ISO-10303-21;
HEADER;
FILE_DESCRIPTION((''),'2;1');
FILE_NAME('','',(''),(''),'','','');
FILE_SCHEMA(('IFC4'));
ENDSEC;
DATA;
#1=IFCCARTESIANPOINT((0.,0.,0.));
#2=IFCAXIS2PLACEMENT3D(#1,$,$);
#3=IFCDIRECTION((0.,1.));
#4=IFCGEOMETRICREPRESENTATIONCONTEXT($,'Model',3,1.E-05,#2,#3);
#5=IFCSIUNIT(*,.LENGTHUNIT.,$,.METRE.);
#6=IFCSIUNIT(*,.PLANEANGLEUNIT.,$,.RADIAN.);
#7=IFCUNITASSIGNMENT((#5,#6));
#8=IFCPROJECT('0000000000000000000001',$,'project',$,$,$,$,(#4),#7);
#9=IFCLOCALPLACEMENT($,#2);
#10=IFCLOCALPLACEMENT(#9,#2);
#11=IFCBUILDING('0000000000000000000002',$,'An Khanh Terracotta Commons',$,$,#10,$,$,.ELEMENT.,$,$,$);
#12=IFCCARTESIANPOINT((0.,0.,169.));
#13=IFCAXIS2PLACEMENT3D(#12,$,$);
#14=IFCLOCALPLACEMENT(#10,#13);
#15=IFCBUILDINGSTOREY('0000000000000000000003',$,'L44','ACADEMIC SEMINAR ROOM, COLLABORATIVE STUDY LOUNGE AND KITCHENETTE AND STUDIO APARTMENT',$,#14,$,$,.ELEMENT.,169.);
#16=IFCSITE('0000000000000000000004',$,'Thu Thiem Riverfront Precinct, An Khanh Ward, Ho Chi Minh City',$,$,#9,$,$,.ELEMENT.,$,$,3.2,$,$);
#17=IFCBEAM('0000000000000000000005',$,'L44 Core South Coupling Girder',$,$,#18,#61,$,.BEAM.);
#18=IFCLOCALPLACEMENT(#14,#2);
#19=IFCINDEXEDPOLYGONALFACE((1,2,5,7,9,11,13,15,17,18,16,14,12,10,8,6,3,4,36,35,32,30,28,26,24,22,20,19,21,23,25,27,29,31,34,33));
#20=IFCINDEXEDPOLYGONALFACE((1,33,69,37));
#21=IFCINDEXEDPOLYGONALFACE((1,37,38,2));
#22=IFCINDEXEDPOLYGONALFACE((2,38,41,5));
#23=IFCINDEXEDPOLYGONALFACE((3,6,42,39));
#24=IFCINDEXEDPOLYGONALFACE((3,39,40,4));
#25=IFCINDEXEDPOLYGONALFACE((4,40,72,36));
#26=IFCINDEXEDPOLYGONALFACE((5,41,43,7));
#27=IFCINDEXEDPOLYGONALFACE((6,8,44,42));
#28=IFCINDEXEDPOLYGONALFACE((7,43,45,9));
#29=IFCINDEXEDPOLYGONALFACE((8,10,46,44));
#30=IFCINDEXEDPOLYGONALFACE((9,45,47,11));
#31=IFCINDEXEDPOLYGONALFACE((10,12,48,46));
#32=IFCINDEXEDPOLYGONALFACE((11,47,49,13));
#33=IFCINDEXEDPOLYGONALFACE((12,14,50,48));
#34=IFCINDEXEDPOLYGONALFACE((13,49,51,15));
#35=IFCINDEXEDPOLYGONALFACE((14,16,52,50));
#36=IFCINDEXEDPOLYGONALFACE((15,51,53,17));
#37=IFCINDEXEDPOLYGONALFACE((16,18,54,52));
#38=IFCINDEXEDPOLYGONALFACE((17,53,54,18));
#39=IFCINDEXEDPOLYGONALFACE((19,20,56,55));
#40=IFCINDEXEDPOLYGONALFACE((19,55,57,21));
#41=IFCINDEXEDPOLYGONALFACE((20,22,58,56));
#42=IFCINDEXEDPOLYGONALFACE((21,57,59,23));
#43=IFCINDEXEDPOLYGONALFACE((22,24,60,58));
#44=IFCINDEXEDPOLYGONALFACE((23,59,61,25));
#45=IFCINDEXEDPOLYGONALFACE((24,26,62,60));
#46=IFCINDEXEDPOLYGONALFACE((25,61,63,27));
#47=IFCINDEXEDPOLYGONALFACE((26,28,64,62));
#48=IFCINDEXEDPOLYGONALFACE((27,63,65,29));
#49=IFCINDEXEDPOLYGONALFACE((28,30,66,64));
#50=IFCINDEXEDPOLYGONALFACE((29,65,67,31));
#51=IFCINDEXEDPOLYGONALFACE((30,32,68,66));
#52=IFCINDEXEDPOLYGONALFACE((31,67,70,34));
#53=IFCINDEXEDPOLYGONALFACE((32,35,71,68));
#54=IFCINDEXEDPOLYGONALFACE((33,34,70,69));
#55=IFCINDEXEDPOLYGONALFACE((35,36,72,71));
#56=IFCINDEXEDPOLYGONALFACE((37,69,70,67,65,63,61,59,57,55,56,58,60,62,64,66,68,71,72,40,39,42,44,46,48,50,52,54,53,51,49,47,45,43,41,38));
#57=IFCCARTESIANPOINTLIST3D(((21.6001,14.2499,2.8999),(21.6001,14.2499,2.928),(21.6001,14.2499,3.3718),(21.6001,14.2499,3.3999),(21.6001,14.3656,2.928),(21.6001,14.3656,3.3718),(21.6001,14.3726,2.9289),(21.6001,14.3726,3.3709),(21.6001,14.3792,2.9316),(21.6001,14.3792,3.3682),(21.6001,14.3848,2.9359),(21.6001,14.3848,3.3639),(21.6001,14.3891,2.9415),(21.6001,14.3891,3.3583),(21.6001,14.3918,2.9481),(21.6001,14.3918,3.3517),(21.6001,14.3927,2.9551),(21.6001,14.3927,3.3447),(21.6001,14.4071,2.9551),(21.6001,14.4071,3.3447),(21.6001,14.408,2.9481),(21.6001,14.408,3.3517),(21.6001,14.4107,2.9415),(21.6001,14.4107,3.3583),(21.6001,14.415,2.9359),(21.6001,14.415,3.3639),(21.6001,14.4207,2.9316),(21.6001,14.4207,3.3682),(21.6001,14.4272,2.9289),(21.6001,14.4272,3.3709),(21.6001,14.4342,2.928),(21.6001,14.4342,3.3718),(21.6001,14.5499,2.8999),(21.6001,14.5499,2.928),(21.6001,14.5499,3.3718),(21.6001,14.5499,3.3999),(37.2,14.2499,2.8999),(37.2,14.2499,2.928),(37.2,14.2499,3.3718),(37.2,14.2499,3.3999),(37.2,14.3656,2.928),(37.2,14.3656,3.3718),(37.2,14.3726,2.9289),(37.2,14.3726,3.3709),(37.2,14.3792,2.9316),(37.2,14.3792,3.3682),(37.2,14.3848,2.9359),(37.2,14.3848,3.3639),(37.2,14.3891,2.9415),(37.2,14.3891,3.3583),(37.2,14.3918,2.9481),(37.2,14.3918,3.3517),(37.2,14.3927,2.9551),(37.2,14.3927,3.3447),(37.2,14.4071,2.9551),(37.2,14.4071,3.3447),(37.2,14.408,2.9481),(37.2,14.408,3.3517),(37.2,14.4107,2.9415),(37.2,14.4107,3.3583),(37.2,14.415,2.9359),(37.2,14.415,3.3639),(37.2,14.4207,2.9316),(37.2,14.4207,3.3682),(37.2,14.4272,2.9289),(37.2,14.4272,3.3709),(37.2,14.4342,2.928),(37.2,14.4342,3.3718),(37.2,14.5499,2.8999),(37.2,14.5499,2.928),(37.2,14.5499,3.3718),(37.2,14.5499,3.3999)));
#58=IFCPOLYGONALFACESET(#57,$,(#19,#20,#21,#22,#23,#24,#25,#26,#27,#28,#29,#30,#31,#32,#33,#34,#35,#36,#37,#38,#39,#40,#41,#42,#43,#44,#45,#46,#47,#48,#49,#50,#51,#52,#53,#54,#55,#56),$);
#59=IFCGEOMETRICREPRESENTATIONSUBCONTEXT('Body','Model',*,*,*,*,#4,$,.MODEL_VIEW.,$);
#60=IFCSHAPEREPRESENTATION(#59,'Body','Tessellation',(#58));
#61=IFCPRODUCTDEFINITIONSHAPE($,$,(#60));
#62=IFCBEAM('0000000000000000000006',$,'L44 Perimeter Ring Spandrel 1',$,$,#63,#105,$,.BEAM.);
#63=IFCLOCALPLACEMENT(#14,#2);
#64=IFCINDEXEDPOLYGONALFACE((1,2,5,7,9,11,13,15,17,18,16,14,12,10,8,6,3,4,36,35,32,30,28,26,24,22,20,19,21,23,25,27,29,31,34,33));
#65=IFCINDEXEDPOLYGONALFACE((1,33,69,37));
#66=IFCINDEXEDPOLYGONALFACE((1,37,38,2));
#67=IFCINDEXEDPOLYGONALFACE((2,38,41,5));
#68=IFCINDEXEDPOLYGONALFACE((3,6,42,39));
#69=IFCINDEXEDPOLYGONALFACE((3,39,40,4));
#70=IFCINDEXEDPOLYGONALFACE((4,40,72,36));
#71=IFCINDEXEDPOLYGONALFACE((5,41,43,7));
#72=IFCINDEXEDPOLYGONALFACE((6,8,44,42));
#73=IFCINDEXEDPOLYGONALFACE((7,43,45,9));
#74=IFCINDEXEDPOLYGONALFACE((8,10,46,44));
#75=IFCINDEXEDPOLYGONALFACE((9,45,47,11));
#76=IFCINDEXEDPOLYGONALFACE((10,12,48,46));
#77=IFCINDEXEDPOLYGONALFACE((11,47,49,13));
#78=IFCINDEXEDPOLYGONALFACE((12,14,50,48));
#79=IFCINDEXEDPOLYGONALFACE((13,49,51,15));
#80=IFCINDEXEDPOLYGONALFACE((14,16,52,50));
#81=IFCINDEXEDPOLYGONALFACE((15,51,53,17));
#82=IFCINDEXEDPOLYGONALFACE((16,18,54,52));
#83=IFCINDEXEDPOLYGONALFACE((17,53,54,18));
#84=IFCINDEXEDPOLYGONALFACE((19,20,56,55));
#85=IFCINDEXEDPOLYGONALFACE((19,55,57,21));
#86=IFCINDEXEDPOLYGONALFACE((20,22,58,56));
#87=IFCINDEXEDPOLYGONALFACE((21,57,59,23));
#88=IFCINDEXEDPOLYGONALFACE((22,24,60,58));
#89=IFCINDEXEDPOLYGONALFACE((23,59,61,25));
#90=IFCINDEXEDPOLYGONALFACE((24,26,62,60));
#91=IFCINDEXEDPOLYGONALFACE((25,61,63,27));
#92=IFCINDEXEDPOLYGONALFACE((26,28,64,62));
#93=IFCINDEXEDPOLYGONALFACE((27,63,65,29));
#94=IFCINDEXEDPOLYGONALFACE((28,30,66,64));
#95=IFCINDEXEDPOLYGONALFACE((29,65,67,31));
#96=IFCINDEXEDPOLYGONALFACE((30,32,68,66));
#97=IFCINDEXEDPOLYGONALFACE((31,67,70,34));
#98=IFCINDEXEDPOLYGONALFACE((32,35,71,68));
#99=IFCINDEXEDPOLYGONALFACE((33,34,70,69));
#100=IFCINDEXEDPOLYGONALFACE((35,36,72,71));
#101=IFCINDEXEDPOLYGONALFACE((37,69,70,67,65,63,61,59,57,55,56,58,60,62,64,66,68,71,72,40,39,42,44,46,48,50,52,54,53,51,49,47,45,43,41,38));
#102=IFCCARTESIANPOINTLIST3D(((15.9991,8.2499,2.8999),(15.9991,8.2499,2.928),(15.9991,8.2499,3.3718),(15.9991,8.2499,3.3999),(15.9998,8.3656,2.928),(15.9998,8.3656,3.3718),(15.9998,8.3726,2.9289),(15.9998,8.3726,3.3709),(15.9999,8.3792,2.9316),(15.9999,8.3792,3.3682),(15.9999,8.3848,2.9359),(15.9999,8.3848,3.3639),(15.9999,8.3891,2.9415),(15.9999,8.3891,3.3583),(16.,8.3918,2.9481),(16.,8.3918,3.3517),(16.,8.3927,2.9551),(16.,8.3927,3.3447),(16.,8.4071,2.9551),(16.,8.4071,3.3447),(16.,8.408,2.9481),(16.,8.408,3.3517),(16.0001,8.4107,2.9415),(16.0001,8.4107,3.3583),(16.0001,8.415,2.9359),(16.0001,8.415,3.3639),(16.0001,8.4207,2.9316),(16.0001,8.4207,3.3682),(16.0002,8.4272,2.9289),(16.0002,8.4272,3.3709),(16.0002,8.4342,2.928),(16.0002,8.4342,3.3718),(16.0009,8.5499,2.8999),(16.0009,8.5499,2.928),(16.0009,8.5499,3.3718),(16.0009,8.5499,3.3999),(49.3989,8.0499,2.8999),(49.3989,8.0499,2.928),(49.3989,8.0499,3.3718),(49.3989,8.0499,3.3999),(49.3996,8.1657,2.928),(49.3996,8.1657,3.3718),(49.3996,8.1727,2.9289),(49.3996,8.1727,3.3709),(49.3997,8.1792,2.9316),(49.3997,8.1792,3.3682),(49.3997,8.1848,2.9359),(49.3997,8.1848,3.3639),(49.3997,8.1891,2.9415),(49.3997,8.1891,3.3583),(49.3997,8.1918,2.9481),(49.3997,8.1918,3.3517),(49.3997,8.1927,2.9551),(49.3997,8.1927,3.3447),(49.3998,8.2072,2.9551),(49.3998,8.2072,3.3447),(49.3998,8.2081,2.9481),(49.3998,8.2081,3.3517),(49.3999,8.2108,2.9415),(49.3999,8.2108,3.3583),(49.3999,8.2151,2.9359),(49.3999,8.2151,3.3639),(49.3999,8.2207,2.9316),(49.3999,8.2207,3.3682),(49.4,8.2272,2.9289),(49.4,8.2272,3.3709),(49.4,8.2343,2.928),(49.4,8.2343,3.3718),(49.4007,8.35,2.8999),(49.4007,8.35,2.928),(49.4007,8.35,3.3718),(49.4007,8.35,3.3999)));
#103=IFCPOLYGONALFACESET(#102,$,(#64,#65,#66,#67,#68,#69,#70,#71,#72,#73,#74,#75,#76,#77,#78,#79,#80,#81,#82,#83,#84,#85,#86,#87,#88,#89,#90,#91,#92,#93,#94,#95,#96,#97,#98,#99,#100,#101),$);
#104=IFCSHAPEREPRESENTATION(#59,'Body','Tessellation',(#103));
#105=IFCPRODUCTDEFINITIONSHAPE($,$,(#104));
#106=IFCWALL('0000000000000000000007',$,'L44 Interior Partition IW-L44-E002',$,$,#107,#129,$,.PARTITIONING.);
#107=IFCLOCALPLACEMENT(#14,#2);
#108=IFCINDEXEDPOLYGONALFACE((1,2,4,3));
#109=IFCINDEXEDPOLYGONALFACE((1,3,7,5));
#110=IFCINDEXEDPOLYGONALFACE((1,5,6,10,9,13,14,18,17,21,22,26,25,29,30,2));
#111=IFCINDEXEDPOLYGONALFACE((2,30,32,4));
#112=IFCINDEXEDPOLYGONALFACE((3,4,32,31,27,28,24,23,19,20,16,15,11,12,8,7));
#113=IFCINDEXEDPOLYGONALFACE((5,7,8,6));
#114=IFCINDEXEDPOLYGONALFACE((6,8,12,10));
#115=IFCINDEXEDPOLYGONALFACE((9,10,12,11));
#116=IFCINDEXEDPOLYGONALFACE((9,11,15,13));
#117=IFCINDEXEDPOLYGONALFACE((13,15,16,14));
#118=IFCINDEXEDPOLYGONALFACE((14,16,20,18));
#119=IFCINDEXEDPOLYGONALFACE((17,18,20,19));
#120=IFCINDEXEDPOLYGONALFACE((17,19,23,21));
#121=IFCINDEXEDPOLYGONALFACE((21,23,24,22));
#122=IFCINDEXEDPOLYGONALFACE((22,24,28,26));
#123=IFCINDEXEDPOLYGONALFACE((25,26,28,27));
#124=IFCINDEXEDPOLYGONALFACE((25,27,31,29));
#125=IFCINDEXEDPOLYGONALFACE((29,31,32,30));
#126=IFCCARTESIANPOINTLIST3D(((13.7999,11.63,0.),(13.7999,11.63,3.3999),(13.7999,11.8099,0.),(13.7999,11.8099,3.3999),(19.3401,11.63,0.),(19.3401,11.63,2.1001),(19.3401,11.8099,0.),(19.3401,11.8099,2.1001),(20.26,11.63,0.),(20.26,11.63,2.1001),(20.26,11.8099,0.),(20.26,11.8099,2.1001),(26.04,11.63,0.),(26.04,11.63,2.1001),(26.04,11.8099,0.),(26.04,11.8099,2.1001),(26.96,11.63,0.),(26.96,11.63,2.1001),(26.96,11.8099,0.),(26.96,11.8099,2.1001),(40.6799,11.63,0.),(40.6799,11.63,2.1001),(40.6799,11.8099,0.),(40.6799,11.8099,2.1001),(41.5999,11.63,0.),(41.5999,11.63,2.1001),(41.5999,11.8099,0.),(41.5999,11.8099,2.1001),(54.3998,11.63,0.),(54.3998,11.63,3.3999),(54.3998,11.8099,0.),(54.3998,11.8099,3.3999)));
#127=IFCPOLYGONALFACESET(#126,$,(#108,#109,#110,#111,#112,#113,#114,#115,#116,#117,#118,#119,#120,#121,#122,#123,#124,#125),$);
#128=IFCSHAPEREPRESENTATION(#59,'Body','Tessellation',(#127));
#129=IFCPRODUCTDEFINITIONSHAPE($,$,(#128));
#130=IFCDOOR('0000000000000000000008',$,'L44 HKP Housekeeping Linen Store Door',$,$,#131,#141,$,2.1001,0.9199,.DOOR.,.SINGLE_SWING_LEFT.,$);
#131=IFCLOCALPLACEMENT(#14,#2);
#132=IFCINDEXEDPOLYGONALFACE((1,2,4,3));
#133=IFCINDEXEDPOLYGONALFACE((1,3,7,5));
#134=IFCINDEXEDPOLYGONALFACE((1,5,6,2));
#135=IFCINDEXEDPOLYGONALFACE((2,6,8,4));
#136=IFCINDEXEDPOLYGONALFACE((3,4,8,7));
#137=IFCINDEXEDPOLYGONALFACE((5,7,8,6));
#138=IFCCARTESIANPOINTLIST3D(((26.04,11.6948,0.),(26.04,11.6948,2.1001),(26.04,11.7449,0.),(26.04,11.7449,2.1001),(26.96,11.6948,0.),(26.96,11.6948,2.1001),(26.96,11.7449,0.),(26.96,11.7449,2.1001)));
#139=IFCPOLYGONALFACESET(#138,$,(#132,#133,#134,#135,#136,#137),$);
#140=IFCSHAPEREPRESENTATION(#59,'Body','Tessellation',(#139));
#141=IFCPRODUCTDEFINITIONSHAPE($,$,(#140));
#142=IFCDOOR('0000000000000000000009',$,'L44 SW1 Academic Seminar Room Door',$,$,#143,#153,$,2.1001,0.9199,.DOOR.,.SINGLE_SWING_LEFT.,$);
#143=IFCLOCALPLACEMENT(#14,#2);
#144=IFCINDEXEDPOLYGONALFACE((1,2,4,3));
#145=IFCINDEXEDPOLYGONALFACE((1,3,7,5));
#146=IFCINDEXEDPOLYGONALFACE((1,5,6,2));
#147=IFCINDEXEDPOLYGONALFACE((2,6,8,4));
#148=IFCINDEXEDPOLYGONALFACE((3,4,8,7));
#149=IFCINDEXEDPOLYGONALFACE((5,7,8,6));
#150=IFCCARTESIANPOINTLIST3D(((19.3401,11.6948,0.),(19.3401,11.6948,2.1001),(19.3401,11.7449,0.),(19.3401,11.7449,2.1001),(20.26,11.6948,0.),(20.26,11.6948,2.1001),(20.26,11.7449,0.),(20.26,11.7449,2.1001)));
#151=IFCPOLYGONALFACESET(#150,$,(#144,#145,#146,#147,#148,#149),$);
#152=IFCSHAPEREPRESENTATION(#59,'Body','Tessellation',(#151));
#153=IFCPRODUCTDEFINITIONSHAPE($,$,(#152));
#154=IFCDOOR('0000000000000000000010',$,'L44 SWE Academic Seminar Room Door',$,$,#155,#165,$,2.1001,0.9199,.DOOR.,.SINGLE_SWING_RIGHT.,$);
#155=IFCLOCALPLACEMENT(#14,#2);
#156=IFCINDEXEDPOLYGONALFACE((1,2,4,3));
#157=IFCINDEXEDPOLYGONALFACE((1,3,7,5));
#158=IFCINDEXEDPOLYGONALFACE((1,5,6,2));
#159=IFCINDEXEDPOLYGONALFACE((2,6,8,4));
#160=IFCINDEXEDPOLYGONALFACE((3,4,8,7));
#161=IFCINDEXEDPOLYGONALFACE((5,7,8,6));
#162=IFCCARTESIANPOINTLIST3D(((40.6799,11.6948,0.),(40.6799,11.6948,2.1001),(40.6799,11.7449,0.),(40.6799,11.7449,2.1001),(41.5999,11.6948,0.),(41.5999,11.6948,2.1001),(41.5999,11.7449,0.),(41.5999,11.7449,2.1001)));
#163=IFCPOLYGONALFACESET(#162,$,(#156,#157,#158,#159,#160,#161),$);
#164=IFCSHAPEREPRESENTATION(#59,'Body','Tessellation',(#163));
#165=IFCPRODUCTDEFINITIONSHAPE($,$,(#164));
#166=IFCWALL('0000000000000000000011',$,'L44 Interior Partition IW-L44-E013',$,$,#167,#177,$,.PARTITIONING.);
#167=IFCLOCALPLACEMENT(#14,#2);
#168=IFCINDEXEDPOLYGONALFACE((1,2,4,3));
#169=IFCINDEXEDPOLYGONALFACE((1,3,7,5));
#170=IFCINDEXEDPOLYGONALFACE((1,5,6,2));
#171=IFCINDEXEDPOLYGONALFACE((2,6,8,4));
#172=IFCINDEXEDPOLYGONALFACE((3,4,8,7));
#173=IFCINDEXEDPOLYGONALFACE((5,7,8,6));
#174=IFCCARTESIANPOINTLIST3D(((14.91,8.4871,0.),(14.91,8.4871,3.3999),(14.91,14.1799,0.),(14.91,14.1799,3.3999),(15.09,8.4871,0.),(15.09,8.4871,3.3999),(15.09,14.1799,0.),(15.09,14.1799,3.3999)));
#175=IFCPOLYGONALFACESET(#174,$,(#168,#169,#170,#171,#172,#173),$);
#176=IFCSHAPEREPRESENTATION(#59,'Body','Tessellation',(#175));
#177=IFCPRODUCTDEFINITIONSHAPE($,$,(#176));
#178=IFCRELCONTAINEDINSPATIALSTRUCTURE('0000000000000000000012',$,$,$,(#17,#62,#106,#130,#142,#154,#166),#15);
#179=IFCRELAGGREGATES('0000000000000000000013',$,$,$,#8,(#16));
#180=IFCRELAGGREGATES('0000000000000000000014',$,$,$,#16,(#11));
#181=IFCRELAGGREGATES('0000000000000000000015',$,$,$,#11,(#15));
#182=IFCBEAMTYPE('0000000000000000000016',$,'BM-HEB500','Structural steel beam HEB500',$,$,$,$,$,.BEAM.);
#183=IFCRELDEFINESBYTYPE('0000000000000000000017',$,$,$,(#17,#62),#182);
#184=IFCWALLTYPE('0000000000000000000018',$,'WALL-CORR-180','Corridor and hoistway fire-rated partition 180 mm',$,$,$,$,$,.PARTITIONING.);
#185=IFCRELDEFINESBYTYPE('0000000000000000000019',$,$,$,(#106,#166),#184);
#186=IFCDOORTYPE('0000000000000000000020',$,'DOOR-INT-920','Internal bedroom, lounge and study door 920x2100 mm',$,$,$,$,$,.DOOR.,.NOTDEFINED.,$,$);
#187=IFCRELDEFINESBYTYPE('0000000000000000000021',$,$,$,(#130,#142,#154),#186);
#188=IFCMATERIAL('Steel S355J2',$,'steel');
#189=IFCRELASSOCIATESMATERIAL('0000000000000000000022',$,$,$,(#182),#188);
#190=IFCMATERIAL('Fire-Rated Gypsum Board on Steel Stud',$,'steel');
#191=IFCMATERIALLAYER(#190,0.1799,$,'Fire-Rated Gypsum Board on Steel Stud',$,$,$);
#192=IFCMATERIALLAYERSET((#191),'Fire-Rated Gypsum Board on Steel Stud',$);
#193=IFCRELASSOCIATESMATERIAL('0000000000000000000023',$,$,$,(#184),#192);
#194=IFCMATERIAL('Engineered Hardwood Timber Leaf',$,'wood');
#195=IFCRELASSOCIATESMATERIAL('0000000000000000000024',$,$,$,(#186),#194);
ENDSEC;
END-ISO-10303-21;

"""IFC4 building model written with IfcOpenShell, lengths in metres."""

from ifc_helpers import new_model, si_unit, direction, frame, frame_2d, origin, origin_2d, place, context, subcontext, project, spatial, rectangle, i_section, extrude, material, layer, layer_set, material_profile, profile_set, type_object, element, fill, save


model = new_model("IFC4")

# Units and contexts
model_context = context("Model", 3, precision=1e-05, world=origin(), true_north=direction((0.0, 1.0)))
body_context = subcontext(model_context, "Body", "Model", "MODEL_VIEW")
ifc_project = project(units=[si_unit("LENGTHUNIT", "METRE"), si_unit("PLANEANGLEUNIT", "RADIAN")], contexts=[model_context])

# Site, building, storey
site_placement = place(None, origin())
site = spatial("IfcSite", under=ifc_project, at=site_placement, Name="Thu Thiem Riverfront Precinct, An Khanh Ward, Ho Chi Minh City", CompositionType="ELEMENT", RefElevation=3.2)
building_placement = place(site_placement, origin())
building = spatial("IfcBuilding", under=site, at=building_placement, Name="An Khanh Terracotta Commons", CompositionType="ELEMENT")
storey_placement = place(building_placement, frame((0.0, 0.0, 169.0)))
storey = spatial("IfcBuildingStorey", under=building, at=storey_placement, Name="L44", Description="ACADEMIC SEMINAR ROOM, COLLABORATIVE STUDY LOUNGE AND KITCHENETTE AND STUDIO APARTMENT", CompositionType="ELEMENT", Elevation=169.0)

# Beams
ifc_material_1 = material(Name="Steel S355J2", Category="steel")
ifc_material_profile_1 = material_profile(ifc_material_1, i_section(OverallWidth=0.3, OverallDepth=0.5, WebThickness=0.0144, FlangeThickness=0.0281, FilletRadius=0.0271, at=origin_2d()), Name="HEB500")
ifc_profile_set_1 = profile_set([ifc_material_profile_1], Name="Steel S355J2")
beam_type_1 = type_object("IfcBeamType", Name="BM-HEB500", Description="Structural steel beam HEB500", PredefinedType="BEAM", material=ifc_profile_set_1)
beam_1_placement = place(storey_placement, frame((21.6001, 14.3999, 3.1499), z_axis=(1.0, 0.0, 0.0), x_axis=(0.0, 1.0, 0.0)))
element("IfcBeam", 1, at=beam_1_placement, inside=storey, type_object=beam_type_1, Name="L44 Core South Coupling Girder", PredefinedType="BEAM", context=body_context, shape_type="SweptSolid", body=[
    extrude(i_section(OverallWidth=0.3, OverallDepth=0.5, WebThickness=0.0144, FlangeThickness=0.0281, FilletRadius=0.0271, at=origin_2d()), origin(), (0.0, 0.0, 1.0), 15.5999),
])
beam_2_placement = place(storey_placement, frame((16.0, 8.3999, 3.1499), z_axis=(0.999982, -0.005986, 0.0), x_axis=(0.005986, 0.999982, 0.0)))
element("IfcBeam", 2, at=beam_2_placement, inside=storey, type_object=beam_type_1, Name="L44 Perimeter Ring Spandrel 1", PredefinedType="BEAM", context=body_context, shape_type="SweptSolid", body=[
    extrude(i_section(OverallWidth=0.3, OverallDepth=0.5, WebThickness=0.0144, FlangeThickness=0.0281, FilletRadius=0.0271, at=origin_2d()), origin(), (0.0, 0.0, 1.0), 33.4004),
])

# Wall, openings, doors
ifc_material_2 = material(Name="Fire-Rated Gypsum Board on Steel Stud", Category="steel")
ifc_layer_1 = layer(ifc_material_2, 0.1799, Name="Fire-Rated Gypsum Board on Steel Stud")
ifc_layer_set_1 = layer_set([ifc_layer_1], Name="Fire-Rated Gypsum Board on Steel Stud")
wall_type_1 = type_object("IfcWallType", Name="WALL-CORR-180", Description="Corridor and hoistway fire-rated partition 180 mm", PredefinedType="PARTITIONING", material=ifc_layer_set_1)
wall_1_placement = place(storey_placement, frame((13.8, 11.72, 0.0), z_axis=(0.0, 0.0, 1.0), x_axis=(1.0, 0.0, 0.0)))
wall_1 = element("IfcWall", 3, at=wall_1_placement, inside=storey, type_object=wall_type_1, Name="L44 Interior Partition IW-L44-E002", PredefinedType="PARTITIONING", context=body_context, shape_type="SweptSolid", body=[
    extrude(rectangle(XDim=40.5999, YDim=0.1799, at=frame_2d((20.2998, 0.0))), origin(), (0.0, 0.0, 1.0), 3.3999),
])
opening_1_placement = place(wall_1_placement, frame((12.24, 0.0, 0.0)))
opening_1 = element("IfcOpeningElement", 4, at=opening_1_placement, cuts=wall_1, PredefinedType="OPENING", context=body_context, shape_type="SweptSolid", body=[
    extrude(rectangle(XDim=0.9199, YDim=2.1001, at=frame_2d((0.46, 1.05))), frame((0.0, 0.0999, 0.0), z_axis=(0.0, -1.0, 0.0), x_axis=(1.0, 0.0, 0.0)), (0.0, 0.0, 1.0), 0.2),
])
opening_2_placement = place(wall_1_placement, frame((5.54, 0.0, 0.0)))
opening_2 = element("IfcOpeningElement", 5, at=opening_2_placement, cuts=wall_1, PredefinedType="OPENING", context=body_context, shape_type="SweptSolid", body=[
    extrude(rectangle(XDim=0.9199, YDim=2.1001, at=frame_2d((0.46, 1.05))), frame((0.0, 0.0999, 0.0), z_axis=(0.0, -1.0, 0.0), x_axis=(1.0, 0.0, 0.0)), (0.0, 0.0, 1.0), 0.2),
])
opening_3_placement = place(wall_1_placement, frame((26.8799, 0.0, 0.0)))
opening_3 = element("IfcOpeningElement", 6, at=opening_3_placement, cuts=wall_1, PredefinedType="OPENING", context=body_context, shape_type="SweptSolid", body=[
    extrude(rectangle(XDim=0.9199, YDim=2.1001, at=frame_2d((0.46, 1.05))), frame((0.0, 0.0999, 0.0), z_axis=(0.0, -1.0, 0.0), x_axis=(1.0, 0.0, 0.0)), (0.0, 0.0, 1.0), 0.2),
])
ifc_material_3 = material(Name="Engineered Hardwood Timber Leaf", Category="wood")
door_type_1 = type_object("IfcDoorType", Name="DOOR-INT-920", Description="Internal bedroom, lounge and study door 920x2100 mm", OperationType="NOTDEFINED", PredefinedType="DOOR", material=ifc_material_3)
door_1_placement = place(opening_1_placement, origin())
door_1 = element("IfcDoor", 7, at=door_1_placement, inside=storey, type_object=door_type_1, Name="L44 HKP Housekeeping Linen Store Door", OperationType="SINGLE_SWING_LEFT", OverallHeight=2.1001, OverallWidth=0.9199, PredefinedType="DOOR", context=body_context, shape_type="SweptSolid", body=[
    extrude(rectangle(XDim=0.9199, YDim=2.1001, at=frame_2d((0.46, 1.05))), frame((0.0, 0.0249, 0.0), z_axis=(0.0, -1.0, 0.0), x_axis=(1.0, 0.0, 0.0)), (0.0, 0.0, 1.0), 0.05),
])
fill(opening_1, door_1)
door_2_placement = place(opening_2_placement, origin())
door_2 = element("IfcDoor", 8, at=door_2_placement, inside=storey, type_object=door_type_1, Name="L44 SW1 Academic Seminar Room Door", OperationType="SINGLE_SWING_LEFT", OverallHeight=2.1001, OverallWidth=0.9199, PredefinedType="DOOR", context=body_context, shape_type="SweptSolid", body=[
    extrude(rectangle(XDim=0.9199, YDim=2.1001, at=frame_2d((0.46, 1.05))), frame((0.0, 0.0249, 0.0), z_axis=(0.0, -1.0, 0.0), x_axis=(1.0, 0.0, 0.0)), (0.0, 0.0, 1.0), 0.05),
])
fill(opening_2, door_2)
door_3_placement = place(opening_3_placement, origin())
door_3 = element("IfcDoor", 9, at=door_3_placement, inside=storey, type_object=door_type_1, Name="L44 SWE Academic Seminar Room Door", OperationType="SINGLE_SWING_RIGHT", OverallHeight=2.1001, OverallWidth=0.9199, PredefinedType="DOOR", context=body_context, shape_type="SweptSolid", body=[
    extrude(rectangle(XDim=0.9199, YDim=2.1001, at=frame_2d((0.46, 1.05))), frame((0.0, 0.0249, 0.0), z_axis=(0.0, -1.0, 0.0), x_axis=(1.0, 0.0, 0.0)), (0.0, 0.0, 1.0), 0.05),
])
fill(opening_3, door_3)

# Wall
wall_2_placement = place(storey_placement, frame((15.0, 8.4871, 0.0), z_axis=(0.0, 0.0, 1.0), x_axis=(0.0, 1.0, 0.0)))
element("IfcWall", 10, at=wall_2_placement, inside=storey, type_object=wall_type_1, Name="L44 Interior Partition IW-L44-E013", PredefinedType="PARTITIONING", context=body_context, shape_type="SweptSolid", body=[
    extrude(rectangle(XDim=5.6929, YDim=0.1799, at=frame_2d((2.8464, 0.0))), origin(), (0.0, 0.0, 1.0), 3.3999),
])

save(model, "model.ifc")
